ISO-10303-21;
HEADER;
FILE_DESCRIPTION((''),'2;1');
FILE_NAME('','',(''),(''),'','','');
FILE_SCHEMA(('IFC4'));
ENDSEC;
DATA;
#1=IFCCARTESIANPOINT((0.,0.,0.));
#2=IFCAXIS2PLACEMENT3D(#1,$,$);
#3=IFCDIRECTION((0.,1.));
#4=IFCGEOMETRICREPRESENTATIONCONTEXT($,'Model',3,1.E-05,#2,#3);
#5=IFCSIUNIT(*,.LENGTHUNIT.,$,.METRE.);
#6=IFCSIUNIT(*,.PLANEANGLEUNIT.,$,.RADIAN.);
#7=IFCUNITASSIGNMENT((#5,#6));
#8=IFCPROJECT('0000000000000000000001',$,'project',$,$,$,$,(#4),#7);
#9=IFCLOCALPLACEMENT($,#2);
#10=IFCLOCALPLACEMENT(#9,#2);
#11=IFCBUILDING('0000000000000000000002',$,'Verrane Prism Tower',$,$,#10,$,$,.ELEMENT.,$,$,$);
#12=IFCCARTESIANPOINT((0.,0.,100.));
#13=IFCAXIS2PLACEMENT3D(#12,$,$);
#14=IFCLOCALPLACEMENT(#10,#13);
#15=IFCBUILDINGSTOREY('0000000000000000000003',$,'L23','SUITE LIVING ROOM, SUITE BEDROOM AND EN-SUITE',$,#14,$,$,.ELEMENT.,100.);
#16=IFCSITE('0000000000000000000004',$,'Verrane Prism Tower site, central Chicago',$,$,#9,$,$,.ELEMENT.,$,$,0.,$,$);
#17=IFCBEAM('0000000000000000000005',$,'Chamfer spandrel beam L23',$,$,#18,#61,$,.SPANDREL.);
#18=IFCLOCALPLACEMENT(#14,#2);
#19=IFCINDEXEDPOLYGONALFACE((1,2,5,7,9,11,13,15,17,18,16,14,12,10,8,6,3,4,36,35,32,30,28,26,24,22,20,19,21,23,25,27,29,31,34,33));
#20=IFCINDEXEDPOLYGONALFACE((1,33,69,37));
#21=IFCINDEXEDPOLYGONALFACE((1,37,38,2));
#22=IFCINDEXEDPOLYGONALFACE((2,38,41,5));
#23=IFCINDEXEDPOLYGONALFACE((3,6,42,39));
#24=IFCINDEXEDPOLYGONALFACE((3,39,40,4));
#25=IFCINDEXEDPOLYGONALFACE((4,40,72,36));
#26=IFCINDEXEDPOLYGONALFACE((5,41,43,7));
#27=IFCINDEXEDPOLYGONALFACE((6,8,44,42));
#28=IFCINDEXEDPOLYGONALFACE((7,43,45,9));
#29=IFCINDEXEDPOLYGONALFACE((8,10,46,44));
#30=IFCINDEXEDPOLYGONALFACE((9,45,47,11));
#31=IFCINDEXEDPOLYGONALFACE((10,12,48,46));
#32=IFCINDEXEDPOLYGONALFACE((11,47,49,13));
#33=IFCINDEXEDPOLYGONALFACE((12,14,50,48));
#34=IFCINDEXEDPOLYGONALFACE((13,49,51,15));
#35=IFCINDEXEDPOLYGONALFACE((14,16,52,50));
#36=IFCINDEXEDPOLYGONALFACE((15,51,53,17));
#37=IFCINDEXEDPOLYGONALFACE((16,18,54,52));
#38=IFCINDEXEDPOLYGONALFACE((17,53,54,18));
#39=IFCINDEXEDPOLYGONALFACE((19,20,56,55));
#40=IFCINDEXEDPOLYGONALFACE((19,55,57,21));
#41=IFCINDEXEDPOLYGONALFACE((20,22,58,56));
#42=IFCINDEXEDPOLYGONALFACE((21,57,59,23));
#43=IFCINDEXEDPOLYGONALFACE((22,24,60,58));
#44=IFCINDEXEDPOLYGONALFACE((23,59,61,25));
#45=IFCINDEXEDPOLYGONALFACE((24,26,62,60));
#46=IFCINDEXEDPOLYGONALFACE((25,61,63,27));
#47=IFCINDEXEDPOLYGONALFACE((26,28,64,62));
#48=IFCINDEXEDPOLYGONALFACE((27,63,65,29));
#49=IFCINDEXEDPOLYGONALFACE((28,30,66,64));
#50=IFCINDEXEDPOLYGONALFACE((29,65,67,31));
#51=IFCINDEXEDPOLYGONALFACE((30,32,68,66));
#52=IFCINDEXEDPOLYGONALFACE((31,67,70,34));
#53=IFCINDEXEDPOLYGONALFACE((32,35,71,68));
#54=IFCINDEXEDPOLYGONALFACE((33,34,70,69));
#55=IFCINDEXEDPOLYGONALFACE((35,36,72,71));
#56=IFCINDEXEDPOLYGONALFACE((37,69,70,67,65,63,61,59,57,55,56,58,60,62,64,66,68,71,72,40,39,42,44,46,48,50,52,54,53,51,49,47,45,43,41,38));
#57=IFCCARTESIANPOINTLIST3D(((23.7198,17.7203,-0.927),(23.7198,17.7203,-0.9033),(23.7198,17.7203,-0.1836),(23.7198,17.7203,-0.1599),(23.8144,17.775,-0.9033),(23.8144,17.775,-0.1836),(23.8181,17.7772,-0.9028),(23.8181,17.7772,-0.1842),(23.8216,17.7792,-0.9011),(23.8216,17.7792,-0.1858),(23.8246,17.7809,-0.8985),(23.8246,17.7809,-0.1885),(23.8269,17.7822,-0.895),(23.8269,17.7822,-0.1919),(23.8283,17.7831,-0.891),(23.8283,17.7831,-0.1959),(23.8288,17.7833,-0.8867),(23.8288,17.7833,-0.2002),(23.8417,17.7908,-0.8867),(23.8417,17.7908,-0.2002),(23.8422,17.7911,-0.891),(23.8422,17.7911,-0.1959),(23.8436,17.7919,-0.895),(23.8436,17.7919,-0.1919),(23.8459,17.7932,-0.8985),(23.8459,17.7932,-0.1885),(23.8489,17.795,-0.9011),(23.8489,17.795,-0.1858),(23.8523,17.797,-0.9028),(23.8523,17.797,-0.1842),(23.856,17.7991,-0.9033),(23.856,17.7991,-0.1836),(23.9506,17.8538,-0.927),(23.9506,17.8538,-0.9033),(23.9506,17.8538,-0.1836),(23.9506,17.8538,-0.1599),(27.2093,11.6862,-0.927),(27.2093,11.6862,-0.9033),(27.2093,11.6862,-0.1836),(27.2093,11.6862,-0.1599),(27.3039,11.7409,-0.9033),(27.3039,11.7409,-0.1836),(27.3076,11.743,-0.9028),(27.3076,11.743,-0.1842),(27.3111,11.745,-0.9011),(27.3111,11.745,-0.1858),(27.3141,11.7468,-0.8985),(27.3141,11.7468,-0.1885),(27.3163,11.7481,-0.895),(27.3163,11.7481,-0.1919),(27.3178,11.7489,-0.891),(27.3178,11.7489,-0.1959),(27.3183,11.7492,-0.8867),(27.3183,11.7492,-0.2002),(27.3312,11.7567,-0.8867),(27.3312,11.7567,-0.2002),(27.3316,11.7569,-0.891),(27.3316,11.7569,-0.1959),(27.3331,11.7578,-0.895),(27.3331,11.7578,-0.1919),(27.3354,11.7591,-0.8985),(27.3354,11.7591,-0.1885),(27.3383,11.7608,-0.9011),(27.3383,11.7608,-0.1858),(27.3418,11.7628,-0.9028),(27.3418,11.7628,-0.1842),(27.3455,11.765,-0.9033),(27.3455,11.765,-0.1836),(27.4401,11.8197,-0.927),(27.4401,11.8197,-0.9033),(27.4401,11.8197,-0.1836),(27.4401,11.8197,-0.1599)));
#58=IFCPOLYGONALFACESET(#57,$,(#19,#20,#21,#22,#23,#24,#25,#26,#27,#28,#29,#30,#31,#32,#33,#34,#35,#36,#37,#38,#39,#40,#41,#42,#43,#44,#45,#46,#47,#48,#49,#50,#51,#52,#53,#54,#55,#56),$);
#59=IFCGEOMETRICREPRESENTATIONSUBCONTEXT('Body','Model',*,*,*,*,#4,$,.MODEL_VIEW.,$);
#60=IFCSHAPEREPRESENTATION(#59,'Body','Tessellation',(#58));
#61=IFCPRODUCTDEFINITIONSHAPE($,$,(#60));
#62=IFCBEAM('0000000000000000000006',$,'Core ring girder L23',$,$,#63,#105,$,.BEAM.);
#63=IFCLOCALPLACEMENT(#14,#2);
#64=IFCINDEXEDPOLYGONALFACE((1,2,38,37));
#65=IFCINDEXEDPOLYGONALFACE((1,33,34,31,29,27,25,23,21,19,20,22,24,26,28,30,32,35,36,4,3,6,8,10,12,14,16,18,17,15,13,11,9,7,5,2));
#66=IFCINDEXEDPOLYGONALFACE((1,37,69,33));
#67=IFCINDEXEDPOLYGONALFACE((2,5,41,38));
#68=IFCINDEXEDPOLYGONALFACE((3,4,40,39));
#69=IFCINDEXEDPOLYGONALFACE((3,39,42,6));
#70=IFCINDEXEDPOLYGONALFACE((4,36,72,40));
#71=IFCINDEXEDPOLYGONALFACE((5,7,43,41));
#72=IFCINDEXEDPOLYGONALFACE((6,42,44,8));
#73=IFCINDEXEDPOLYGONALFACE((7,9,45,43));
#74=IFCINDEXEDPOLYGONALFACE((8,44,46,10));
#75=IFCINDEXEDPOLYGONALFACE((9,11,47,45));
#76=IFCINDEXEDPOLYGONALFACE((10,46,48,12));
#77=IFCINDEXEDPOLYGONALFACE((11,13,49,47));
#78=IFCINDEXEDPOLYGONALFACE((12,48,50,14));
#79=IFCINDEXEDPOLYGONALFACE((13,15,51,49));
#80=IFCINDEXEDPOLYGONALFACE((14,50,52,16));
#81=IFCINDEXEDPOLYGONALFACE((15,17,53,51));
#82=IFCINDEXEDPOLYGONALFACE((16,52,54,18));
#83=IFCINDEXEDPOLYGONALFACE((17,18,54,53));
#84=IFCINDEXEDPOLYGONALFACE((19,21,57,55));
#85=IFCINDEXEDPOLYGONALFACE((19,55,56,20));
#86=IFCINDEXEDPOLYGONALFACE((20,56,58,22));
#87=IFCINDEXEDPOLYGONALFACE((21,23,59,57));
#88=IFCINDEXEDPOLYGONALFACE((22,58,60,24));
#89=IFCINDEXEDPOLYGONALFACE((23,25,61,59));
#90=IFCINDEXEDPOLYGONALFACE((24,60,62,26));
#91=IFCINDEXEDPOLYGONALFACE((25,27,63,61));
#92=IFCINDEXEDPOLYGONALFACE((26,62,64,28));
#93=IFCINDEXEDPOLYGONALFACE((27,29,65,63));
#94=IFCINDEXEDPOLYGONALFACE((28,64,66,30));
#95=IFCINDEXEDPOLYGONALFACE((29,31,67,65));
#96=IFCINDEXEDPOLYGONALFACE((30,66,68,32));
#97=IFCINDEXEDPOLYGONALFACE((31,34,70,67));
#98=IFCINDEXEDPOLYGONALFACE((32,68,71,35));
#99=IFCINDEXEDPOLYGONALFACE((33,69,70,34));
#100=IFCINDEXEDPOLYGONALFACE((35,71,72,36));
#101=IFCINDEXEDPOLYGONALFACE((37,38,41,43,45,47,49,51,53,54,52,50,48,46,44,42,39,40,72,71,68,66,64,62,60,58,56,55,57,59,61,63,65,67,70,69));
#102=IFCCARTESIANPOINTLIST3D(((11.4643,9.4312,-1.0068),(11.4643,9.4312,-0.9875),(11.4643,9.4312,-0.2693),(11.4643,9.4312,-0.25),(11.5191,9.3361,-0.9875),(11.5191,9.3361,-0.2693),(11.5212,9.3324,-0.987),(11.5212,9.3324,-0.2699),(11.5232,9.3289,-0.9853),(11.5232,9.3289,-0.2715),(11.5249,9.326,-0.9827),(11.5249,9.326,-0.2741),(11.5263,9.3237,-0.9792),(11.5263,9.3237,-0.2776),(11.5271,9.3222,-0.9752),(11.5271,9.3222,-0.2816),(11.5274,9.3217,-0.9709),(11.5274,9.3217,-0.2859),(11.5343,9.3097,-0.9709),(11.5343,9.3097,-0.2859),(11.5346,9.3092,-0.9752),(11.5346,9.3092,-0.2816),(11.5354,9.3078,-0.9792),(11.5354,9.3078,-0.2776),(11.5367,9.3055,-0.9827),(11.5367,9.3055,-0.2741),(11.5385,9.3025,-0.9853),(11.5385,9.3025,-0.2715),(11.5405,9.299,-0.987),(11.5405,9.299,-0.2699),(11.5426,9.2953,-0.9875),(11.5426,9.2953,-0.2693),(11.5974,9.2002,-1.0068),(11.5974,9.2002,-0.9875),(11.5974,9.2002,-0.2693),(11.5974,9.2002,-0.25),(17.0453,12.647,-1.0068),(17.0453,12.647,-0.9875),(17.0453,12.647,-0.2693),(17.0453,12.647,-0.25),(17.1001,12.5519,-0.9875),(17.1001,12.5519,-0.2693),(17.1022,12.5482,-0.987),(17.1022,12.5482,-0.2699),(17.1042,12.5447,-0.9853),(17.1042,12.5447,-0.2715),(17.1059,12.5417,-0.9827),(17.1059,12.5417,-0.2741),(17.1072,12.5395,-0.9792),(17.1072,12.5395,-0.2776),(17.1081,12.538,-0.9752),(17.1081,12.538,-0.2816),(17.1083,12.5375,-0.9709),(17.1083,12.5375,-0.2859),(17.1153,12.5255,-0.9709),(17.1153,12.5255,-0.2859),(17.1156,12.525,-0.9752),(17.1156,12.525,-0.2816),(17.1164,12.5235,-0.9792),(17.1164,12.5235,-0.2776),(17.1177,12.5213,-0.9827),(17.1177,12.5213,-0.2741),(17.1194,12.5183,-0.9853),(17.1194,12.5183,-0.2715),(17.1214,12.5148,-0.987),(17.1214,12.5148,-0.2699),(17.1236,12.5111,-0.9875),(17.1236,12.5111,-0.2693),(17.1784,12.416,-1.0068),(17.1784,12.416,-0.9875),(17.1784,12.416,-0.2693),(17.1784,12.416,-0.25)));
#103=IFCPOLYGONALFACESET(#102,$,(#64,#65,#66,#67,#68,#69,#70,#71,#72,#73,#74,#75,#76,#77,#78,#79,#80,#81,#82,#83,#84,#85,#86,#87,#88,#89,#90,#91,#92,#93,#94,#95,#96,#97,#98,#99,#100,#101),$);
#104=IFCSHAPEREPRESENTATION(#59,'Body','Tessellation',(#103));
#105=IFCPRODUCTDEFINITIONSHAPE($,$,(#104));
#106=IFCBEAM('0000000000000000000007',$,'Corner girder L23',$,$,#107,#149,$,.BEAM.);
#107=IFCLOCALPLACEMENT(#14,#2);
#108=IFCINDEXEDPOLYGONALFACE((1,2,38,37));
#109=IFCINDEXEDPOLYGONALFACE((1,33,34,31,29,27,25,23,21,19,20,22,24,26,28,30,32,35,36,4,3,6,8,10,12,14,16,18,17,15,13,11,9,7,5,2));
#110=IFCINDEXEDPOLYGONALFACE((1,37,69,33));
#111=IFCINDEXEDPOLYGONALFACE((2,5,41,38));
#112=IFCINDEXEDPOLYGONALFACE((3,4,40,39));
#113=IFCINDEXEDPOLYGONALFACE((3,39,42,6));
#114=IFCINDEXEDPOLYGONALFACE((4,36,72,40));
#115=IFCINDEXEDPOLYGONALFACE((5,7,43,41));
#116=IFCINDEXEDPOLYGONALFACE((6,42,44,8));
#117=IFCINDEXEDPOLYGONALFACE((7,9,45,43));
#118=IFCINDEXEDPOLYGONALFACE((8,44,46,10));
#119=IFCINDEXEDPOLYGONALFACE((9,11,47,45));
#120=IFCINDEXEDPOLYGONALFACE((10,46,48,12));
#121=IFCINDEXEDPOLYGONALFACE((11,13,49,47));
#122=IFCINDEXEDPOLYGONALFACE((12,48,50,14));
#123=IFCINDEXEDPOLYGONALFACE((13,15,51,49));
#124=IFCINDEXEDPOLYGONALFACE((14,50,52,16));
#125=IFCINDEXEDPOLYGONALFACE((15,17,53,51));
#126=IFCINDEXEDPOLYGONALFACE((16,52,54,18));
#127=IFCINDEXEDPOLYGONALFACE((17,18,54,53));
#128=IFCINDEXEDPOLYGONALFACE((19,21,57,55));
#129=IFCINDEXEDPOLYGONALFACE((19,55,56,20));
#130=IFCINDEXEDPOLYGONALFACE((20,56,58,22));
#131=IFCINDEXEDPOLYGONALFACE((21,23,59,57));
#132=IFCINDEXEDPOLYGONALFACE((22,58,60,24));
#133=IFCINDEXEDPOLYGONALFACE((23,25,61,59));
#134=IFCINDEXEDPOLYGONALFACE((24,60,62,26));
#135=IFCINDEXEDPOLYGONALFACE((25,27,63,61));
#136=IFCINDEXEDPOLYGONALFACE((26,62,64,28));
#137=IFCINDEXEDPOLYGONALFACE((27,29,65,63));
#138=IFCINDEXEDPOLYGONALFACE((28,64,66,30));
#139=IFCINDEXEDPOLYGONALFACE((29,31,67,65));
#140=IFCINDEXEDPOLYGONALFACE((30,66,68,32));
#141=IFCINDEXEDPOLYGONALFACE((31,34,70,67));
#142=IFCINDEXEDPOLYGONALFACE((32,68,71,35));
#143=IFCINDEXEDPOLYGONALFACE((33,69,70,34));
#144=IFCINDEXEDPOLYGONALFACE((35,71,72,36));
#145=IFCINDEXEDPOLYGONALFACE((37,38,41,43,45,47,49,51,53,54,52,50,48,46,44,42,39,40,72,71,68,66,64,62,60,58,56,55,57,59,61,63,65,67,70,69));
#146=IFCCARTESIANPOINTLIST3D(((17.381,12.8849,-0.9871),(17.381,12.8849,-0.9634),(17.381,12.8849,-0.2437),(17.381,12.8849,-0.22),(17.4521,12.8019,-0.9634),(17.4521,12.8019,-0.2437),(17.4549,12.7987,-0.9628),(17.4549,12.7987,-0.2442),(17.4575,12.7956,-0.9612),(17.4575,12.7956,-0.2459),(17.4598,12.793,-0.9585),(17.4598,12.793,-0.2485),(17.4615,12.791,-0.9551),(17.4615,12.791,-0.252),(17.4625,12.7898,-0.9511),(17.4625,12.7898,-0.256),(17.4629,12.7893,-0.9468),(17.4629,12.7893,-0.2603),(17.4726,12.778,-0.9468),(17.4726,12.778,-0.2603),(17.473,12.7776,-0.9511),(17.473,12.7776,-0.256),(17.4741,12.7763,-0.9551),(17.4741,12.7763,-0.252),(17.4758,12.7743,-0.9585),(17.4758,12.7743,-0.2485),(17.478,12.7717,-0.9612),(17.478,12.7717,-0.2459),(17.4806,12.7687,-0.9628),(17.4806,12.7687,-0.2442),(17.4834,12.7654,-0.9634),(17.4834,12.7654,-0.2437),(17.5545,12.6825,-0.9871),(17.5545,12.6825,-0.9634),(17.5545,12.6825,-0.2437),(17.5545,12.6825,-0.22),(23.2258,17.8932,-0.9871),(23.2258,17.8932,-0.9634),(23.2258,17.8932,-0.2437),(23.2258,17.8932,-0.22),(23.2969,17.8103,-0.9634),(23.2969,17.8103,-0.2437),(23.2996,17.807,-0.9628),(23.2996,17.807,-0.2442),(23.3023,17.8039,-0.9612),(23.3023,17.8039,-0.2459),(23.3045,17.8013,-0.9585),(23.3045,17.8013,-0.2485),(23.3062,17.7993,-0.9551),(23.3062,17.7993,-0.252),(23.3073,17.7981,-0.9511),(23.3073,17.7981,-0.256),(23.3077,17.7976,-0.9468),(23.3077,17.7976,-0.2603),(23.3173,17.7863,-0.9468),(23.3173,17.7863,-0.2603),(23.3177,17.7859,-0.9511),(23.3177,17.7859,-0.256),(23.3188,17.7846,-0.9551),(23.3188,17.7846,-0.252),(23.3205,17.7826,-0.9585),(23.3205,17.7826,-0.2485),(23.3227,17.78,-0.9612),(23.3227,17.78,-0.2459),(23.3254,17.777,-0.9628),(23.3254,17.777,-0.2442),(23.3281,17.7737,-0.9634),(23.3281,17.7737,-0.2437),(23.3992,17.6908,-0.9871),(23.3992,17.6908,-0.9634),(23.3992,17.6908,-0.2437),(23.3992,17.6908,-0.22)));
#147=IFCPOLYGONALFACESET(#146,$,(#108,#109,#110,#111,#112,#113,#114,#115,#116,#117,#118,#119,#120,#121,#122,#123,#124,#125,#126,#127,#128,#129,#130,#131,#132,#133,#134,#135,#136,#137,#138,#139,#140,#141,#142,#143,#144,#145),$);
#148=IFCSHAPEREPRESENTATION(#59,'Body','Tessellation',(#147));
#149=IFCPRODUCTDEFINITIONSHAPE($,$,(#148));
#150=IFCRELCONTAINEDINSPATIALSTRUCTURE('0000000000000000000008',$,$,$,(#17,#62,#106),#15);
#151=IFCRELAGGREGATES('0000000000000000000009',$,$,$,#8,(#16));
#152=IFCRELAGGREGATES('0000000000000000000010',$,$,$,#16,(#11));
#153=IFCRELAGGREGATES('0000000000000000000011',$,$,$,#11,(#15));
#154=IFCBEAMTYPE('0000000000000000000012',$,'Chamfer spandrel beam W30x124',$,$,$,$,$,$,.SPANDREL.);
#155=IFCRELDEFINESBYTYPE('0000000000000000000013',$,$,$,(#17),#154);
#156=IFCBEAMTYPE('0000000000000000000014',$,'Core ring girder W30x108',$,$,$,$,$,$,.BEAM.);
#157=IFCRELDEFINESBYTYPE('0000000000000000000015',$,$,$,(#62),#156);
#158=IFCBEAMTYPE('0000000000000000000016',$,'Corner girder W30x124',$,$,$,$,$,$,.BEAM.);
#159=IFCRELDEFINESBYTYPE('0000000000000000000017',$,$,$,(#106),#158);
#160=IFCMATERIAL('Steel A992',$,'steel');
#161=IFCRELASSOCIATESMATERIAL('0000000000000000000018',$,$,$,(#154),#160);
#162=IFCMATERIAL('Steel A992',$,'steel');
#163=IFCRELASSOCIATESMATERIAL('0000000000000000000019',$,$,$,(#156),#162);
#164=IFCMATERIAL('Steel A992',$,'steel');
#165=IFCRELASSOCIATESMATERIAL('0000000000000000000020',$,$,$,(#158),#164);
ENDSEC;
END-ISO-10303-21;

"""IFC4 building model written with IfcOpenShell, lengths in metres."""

from ifc_helpers import new_model, si_unit, direction, frame, origin, origin_2d, place, context, subcontext, project, spatial, i_section, extrude, material, material_profile, profile_set, type_object, element, save


model = new_model("IFC4")

# Units and contexts
model_context = context("Model", 3, precision=1e-05, world=origin(), true_north=direction((0.0, 1.0)))
body_context = subcontext(model_context, "Body", "Model", "MODEL_VIEW")
ifc_project = project(units=[si_unit("LENGTHUNIT", "METRE"), si_unit("PLANEANGLEUNIT", "RADIAN")], contexts=[model_context])

# Site, building, storey
site_placement = place(None, origin())
site = spatial("IfcSite", under=ifc_project, at=site_placement, Name="Verrane Prism Tower site, central Chicago", CompositionType="ELEMENT", RefElevation=0.0)
building_placement = place(site_placement, origin())
building = spatial("IfcBuilding", under=site, at=building_placement, Name="Verrane Prism Tower", CompositionType="ELEMENT")
storey_placement = place(building_placement, frame((0.0, 0.0, 100.0)))
storey = spatial("IfcBuildingStorey", under=building, at=storey_placement, Name="L23", Description="SUITE LIVING ROOM, SUITE BEDROOM AND EN-SUITE", CompositionType="ELEMENT", Elevation=100.0)

# Beams
ifc_material_1 = material(Name="Steel A992", Category="steel")
ifc_material_profile_1 = material_profile(ifc_material_1, i_section(OverallWidth=0.2666, OverallDepth=0.7671, WebThickness=0.0149, FlangeThickness=0.0237, FilletRadius=0.0166, at=origin_2d()), Name="W30x124")
ifc_profile_set_1 = profile_set([ifc_material_profile_1], Name="Steel A992")
beam_type_1 = type_object("IfcBeamType", Name="Chamfer spandrel beam W30x124", PredefinedType="SPANDREL", material=ifc_profile_set_1)
beam_1_placement = place(storey_placement, frame((27.3247, 11.7529, -0.5435), z_axis=(-0.50061, 0.865673, 0.0), x_axis=(-0.865673, -0.50061, 0.0)))
element("IfcBeam", 1, at=beam_1_placement, inside=storey, type_object=beam_type_1, Name="Chamfer spandrel beam L23", PredefinedType="SPANDREL", context=body_context, shape_type="SweptSolid", body=[
    extrude(i_section(OverallWidth=0.2666, OverallDepth=0.7671, WebThickness=0.0149, FlangeThickness=0.0237, FilletRadius=0.0166, at=origin_2d()), origin(), (0.0, 0.0, 1.0), 6.9705),
])
ifc_material_2 = material(Name="Steel A992", Category="steel")
ifc_material_profile_2 = material_profile(ifc_material_2, i_section(OverallWidth=0.2666, OverallDepth=0.7568, WebThickness=0.0139, FlangeThickness=0.0193, FilletRadius=0.0166, at=origin_2d()), Name="W30x108")
ifc_profile_set_2 = profile_set([ifc_material_profile_2], Name="Steel A992")
beam_type_2 = type_object("IfcBeamType", Name="Core ring girder W30x108", PredefinedType="BEAM", material=ifc_profile_set_2)
beam_2_placement = place(storey_placement, frame((17.1118, 12.5315, -0.6284), z_axis=(-0.866456, -0.499254, 0.0), x_axis=(0.499254, -0.866456, 0.0)))
element("IfcBeam", 2, at=beam_2_placement, inside=storey, type_object=beam_type_2, Name="Core ring girder L23", PredefinedType="BEAM", context=body_context, shape_type="SweptSolid", body=[
    extrude(i_section(OverallWidth=0.2666, OverallDepth=0.7568, WebThickness=0.0139, FlangeThickness=0.0193, FilletRadius=0.0166, at=origin_2d()), origin(), (0.0, 0.0, 1.0), 6.4412),
])
ifc_material_3 = material(Name="Steel A992", Category="steel")
ifc_material_profile_3 = material_profile(ifc_material_3, i_section(OverallWidth=0.2666, OverallDepth=0.7671, WebThickness=0.0149, FlangeThickness=0.0237, FilletRadius=0.0166, at=origin_2d()), Name="W30x124")
ifc_profile_set_3 = profile_set([ifc_material_profile_3], Name="Steel A992")
beam_type_3 = type_object("IfcBeamType", Name="Corner girder W30x124", PredefinedType="BEAM", material=ifc_profile_set_3)
beam_3_placement = place(storey_placement, frame((23.3125, 17.792, -0.6035), z_axis=(-0.759351, -0.650682, 0.0), x_axis=(0.650682, -0.759351, 0.0)))
element("IfcBeam", 3, at=beam_3_placement, inside=storey, type_object=beam_type_3, Name="Corner girder L23", PredefinedType="BEAM", context=body_context, shape_type="SweptSolid", body=[
    extrude(i_section(OverallWidth=0.2666, OverallDepth=0.7671, WebThickness=0.0149, FlangeThickness=0.0237, FilletRadius=0.0166, at=origin_2d()), origin(), (0.0, 0.0, 1.0), 7.697),
])

save(model, "model.ifc")
